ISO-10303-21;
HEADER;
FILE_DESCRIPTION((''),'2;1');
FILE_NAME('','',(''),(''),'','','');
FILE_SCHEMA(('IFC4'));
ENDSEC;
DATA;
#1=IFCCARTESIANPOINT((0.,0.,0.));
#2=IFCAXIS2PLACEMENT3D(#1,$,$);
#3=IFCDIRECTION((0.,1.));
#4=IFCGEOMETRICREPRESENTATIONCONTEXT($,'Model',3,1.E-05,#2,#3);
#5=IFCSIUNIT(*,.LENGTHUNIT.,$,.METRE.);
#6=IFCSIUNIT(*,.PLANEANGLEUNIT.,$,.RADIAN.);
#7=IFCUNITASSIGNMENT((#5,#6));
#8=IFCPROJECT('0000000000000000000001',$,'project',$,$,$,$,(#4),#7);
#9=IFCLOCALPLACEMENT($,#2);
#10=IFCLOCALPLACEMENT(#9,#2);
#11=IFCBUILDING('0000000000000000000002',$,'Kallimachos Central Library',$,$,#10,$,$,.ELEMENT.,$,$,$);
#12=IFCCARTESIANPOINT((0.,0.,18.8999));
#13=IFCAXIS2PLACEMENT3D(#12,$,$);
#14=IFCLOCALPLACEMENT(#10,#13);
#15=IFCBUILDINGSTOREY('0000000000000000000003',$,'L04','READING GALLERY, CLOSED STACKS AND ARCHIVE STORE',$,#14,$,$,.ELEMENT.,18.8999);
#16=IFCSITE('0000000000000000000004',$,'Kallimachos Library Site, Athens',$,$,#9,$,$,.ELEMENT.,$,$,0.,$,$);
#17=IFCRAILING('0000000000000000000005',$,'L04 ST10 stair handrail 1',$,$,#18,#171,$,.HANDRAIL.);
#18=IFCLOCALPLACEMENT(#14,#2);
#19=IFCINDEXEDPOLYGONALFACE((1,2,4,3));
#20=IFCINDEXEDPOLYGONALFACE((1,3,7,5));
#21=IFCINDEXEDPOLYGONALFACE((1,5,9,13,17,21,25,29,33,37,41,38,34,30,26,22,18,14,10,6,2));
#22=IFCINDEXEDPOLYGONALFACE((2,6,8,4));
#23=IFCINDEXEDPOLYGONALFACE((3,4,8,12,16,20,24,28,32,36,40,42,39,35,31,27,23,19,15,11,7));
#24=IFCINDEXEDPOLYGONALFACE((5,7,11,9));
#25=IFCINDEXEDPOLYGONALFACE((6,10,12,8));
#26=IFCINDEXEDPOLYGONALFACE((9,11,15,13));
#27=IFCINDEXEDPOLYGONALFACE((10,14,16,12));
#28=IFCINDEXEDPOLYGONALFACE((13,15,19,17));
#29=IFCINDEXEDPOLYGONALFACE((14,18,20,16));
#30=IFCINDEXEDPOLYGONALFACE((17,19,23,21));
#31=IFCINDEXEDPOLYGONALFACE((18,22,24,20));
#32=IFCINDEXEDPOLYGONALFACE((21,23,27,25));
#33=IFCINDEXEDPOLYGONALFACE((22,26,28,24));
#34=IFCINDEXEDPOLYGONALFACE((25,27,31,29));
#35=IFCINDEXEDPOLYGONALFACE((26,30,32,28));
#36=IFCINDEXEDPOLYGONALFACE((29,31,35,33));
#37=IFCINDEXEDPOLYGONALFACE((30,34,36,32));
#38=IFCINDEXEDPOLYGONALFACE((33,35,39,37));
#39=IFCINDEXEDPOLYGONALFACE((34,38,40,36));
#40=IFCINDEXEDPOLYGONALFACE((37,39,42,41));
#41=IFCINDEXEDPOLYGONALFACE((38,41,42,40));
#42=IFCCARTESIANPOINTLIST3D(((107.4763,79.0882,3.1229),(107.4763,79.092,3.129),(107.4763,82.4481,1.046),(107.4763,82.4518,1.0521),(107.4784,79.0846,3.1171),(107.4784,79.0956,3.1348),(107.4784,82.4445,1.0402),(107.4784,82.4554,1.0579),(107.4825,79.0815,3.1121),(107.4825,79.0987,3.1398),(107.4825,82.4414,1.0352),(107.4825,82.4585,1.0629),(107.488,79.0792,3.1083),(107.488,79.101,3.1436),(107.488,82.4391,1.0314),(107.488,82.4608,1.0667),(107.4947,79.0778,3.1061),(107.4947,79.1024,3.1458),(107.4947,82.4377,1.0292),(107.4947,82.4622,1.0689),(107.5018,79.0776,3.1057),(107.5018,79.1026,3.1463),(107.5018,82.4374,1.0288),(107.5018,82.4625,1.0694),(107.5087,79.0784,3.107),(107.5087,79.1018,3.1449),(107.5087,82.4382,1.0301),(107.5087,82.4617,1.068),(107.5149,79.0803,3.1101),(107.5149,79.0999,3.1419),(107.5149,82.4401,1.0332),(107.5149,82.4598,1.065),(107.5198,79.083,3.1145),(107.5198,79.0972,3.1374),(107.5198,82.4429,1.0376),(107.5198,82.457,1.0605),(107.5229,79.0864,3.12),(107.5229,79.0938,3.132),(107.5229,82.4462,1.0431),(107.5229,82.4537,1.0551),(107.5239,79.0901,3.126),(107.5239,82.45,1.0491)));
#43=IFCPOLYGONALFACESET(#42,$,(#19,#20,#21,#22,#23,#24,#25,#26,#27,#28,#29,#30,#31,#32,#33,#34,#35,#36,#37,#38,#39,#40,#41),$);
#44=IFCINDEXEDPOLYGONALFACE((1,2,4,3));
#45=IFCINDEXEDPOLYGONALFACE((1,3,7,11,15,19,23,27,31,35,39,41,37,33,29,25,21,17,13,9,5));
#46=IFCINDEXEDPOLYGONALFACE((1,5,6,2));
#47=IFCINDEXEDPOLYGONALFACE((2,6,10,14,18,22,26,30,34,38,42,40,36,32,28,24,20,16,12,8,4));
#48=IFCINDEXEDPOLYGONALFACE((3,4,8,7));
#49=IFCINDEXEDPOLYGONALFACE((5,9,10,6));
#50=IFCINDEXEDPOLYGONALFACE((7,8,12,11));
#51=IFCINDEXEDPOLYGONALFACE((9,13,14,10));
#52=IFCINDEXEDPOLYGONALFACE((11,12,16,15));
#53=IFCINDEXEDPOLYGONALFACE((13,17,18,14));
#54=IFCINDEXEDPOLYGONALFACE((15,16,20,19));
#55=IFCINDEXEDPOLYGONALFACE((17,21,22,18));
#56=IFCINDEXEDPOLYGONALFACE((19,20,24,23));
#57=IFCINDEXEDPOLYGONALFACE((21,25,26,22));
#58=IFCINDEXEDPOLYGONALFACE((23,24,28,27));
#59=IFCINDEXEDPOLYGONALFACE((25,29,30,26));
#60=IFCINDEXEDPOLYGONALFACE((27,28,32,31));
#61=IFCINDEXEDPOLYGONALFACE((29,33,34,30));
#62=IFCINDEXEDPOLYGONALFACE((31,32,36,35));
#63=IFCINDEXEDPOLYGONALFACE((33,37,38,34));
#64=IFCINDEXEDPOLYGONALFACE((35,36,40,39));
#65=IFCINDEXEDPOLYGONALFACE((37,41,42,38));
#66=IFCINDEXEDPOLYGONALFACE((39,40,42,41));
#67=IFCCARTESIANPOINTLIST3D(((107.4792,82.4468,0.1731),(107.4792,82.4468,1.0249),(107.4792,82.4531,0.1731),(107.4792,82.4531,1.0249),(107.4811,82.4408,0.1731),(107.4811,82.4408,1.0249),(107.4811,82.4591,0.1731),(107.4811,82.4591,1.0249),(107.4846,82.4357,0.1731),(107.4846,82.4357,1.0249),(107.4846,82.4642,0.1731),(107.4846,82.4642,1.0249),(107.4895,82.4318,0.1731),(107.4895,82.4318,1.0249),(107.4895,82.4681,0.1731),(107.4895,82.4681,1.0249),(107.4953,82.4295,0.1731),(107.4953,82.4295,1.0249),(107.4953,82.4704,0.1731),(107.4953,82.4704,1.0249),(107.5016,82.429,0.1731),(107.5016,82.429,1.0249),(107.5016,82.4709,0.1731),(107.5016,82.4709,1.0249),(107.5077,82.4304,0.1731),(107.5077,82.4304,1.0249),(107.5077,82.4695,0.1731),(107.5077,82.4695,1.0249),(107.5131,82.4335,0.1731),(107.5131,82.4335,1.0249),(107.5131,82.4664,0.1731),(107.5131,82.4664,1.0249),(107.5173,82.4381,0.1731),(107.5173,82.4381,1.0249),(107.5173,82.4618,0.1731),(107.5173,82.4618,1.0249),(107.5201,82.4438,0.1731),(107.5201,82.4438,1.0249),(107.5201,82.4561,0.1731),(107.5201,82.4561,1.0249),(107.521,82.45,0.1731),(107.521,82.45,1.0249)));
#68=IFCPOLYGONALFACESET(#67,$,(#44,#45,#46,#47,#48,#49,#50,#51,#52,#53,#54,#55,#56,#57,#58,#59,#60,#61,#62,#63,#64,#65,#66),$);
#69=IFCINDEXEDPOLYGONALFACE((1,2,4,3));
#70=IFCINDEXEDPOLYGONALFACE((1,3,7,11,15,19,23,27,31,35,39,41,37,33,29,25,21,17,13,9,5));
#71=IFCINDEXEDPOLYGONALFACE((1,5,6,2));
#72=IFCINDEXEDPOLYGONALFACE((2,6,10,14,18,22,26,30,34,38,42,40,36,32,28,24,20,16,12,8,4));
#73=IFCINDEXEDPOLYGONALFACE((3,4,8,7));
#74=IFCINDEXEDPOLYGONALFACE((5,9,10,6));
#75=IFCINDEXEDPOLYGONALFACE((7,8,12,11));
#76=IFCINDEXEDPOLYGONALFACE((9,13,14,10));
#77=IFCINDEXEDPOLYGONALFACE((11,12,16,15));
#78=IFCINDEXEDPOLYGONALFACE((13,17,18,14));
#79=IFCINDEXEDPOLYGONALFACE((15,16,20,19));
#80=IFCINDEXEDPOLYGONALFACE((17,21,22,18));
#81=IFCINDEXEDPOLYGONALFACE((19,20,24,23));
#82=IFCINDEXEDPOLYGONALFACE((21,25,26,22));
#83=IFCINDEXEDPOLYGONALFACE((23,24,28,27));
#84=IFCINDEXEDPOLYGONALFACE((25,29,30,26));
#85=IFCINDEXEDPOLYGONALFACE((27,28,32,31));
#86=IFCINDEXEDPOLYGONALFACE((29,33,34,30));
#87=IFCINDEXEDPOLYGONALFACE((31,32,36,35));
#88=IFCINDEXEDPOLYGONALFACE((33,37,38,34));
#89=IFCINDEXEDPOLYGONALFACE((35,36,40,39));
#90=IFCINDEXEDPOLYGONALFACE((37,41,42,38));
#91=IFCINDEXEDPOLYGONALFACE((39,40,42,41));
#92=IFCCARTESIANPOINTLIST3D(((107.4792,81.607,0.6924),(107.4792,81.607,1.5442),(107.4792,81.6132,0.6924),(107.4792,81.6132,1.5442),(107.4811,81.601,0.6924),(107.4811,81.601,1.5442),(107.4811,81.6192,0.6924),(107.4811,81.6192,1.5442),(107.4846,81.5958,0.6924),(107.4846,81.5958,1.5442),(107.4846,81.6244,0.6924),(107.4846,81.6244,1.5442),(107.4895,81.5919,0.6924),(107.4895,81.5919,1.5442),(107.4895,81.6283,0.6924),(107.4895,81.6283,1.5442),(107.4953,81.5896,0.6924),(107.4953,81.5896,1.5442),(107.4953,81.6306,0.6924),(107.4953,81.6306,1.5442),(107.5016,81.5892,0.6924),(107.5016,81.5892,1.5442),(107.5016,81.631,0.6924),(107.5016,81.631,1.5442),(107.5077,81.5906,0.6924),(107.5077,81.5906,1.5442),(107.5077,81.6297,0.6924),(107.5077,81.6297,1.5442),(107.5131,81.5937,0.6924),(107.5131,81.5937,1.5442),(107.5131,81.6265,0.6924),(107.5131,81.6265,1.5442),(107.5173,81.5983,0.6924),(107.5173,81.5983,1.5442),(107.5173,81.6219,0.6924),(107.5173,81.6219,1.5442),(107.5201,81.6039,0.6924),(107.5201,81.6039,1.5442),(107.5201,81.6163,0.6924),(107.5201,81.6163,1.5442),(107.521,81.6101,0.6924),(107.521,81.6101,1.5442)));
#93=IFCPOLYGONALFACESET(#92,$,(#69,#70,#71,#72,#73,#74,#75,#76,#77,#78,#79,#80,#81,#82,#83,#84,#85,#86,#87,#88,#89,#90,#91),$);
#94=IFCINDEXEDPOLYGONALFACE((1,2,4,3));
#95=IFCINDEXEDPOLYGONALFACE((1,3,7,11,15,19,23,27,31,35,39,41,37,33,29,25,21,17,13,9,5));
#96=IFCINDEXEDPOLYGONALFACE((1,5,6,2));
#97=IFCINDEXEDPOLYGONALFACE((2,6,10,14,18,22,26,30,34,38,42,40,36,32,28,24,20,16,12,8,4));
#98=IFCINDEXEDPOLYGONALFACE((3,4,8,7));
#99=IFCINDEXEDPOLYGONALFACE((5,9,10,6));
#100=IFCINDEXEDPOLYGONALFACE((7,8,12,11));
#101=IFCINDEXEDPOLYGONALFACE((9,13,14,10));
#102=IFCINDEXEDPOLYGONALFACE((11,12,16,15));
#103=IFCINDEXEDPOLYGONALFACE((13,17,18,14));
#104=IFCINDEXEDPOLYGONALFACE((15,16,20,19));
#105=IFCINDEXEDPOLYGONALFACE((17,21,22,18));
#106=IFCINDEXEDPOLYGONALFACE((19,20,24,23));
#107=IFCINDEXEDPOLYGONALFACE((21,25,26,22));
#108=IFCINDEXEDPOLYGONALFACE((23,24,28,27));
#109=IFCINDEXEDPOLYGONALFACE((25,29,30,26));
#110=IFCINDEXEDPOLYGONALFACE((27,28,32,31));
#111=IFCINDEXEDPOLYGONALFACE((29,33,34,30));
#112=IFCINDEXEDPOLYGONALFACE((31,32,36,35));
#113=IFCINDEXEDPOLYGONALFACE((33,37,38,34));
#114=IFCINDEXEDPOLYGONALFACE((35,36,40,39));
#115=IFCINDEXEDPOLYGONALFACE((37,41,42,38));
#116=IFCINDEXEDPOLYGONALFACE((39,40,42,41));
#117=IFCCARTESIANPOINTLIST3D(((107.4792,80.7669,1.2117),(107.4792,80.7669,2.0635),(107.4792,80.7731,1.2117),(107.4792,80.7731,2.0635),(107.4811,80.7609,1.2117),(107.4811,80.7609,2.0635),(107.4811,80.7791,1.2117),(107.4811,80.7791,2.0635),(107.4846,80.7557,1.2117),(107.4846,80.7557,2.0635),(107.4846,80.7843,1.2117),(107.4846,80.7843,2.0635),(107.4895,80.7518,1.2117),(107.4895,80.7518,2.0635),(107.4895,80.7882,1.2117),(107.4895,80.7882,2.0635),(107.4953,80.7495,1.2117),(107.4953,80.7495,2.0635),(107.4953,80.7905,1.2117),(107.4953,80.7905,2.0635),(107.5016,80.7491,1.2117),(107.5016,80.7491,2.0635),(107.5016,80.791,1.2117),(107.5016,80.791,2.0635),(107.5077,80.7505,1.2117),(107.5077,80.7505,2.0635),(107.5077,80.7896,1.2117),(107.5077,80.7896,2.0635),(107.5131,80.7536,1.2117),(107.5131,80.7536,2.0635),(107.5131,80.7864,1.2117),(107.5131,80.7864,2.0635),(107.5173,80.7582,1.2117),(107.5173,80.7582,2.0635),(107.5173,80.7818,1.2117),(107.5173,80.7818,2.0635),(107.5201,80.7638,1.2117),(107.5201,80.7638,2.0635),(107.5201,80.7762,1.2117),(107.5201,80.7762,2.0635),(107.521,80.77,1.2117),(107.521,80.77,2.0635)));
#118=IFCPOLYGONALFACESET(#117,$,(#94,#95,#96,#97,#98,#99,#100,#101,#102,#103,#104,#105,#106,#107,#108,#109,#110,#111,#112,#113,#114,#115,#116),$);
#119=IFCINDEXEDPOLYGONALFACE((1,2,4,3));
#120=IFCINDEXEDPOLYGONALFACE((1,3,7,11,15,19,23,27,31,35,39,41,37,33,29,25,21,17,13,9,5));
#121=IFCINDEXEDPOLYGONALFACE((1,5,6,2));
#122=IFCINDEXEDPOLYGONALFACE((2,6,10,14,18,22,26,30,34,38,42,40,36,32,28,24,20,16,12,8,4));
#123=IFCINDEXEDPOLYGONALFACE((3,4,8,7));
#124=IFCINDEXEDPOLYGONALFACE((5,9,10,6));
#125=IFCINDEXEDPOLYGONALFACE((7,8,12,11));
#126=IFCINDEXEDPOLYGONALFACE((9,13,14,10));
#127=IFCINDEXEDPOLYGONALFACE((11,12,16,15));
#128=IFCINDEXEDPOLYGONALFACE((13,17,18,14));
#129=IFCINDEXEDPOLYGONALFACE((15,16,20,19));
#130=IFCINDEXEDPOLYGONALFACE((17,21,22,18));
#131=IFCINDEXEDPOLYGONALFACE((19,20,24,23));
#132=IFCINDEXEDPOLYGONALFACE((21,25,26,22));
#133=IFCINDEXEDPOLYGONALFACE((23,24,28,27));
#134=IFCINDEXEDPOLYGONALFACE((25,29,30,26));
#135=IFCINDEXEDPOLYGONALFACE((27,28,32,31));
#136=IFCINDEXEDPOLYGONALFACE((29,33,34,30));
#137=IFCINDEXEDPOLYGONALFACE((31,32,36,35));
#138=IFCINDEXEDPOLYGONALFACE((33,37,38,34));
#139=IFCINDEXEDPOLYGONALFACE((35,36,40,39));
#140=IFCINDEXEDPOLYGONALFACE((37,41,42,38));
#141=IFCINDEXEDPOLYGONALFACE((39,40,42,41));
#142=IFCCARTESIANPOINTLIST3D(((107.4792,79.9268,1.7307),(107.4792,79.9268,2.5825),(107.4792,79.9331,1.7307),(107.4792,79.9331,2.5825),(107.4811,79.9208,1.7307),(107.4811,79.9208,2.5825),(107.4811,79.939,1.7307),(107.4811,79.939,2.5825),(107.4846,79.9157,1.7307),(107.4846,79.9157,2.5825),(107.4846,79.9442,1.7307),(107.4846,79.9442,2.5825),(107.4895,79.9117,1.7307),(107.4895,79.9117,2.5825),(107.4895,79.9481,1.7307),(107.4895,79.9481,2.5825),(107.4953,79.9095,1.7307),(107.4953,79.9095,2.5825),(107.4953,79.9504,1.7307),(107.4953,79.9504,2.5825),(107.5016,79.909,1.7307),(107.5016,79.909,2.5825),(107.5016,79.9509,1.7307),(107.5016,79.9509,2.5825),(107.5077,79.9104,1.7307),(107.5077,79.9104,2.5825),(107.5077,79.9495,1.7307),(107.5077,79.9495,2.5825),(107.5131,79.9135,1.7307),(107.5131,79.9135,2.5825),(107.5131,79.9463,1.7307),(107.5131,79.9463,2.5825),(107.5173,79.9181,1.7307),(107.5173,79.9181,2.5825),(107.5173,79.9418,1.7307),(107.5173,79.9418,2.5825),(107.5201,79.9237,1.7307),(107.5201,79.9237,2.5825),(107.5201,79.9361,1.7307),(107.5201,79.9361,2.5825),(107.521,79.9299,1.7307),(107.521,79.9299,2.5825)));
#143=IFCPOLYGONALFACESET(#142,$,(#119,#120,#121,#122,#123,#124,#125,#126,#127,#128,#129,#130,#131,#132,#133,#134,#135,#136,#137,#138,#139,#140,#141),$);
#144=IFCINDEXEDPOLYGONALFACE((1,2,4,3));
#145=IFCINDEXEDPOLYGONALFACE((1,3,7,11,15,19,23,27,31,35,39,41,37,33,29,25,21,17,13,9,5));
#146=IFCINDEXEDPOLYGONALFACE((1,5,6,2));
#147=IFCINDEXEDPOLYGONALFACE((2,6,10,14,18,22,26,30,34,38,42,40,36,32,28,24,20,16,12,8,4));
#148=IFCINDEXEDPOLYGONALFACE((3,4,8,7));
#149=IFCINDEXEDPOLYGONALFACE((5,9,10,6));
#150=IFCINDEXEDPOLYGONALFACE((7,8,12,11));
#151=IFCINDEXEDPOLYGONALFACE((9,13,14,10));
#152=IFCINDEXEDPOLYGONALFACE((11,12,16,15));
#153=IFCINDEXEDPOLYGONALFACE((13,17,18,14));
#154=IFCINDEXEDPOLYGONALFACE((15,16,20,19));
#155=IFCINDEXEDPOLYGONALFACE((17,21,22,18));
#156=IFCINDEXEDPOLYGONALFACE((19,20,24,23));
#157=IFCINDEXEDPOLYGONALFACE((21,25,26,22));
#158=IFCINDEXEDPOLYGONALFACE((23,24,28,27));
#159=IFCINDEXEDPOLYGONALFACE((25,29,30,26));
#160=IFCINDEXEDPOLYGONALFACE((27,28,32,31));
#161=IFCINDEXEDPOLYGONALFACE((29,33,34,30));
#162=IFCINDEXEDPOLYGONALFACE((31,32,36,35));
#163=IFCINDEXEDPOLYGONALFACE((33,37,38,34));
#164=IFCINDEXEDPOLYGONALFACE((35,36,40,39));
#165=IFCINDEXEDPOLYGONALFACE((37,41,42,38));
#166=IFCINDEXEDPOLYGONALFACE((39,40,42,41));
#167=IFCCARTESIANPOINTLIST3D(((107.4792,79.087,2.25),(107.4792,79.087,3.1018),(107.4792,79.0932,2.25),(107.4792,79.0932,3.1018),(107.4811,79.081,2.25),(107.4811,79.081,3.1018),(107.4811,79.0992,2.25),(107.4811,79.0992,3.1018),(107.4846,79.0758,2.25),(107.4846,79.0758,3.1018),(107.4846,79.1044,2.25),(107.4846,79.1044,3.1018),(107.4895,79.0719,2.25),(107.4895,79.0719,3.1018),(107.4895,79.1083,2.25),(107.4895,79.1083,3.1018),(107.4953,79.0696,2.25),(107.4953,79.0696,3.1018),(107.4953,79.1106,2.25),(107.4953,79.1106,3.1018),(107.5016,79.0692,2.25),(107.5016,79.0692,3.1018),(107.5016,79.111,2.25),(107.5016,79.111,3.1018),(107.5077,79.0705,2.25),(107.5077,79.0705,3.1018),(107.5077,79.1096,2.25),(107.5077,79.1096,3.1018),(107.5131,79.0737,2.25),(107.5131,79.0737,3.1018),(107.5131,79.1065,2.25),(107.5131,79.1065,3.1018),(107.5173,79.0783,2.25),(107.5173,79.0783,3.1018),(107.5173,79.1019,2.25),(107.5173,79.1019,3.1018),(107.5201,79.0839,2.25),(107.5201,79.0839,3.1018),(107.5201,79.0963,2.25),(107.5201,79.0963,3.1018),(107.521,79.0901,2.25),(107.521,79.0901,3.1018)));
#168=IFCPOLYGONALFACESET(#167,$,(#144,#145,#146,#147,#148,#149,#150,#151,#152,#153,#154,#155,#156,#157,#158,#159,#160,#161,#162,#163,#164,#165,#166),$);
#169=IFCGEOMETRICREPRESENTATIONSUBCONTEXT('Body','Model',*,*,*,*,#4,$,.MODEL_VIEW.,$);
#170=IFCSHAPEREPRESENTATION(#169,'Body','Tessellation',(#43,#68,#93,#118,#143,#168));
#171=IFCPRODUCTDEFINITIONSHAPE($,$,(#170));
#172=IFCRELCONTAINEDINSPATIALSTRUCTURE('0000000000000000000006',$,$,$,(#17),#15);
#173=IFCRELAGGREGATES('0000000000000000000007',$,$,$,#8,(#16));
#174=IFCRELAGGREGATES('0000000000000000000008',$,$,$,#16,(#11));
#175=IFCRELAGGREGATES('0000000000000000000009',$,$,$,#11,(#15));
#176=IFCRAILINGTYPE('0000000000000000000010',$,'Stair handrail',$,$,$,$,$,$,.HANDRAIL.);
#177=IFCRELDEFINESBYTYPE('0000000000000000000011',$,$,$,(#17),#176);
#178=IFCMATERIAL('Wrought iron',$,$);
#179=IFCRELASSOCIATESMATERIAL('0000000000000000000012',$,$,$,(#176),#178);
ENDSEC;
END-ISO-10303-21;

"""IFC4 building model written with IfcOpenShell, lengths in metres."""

from ifc_helpers import new_model, si_unit, direction, frame, origin, origin_2d, place, context, subcontext, project, spatial, circle, extrude, material, type_object, element, save


model = new_model("IFC4")

# Units and contexts
model_context = context("Model", 3, precision=1e-05, world=origin(), true_north=direction((0.0, 1.0)))
body_context = subcontext(model_context, "Body", "Model", "MODEL_VIEW")
ifc_project = project(units=[si_unit("LENGTHUNIT", "METRE"), si_unit("PLANEANGLEUNIT", "RADIAN")], contexts=[model_context])

# Site, building, storey
site_placement = place(None, origin())
site = spatial("IfcSite", under=ifc_project, at=site_placement, Name="Kallimachos Library Site, Athens", CompositionType="ELEMENT", RefElevation=0.0)
building_placement = place(site_placement, origin())
building = spatial("IfcBuilding", under=site, at=building_placement, Name="Kallimachos Central Library", CompositionType="ELEMENT")
storey_placement = place(building_placement, frame((0.0, 0.0, 18.8999)))
storey = spatial("IfcBuildingStorey", under=building, at=storey_placement, Name="L04", Description="READING GALLERY, CLOSED STACKS AND ARCHIVE STORE", CompositionType="ELEMENT", Elevation=18.8999)

# Railing
ifc_material_1 = material(Name="Wrought iron")
railing_type_1 = type_object("IfcRailingType", Name="Stair handrail", PredefinedType="HANDRAIL", material=ifc_material_1)
railing_1_placement = place(storey_placement, frame((107.5, 82.45, 0.1731)))
element("IfcRailing", 1, at=railing_1_placement, inside=storey, type_object=railing_type_1, Name="L04 ST10 stair handrail 1", PredefinedType="HANDRAIL", context=body_context, shape_type="SweptSolid", body=[
    extrude(circle(Radius=0.0239, at=origin_2d()), frame((0.0, 0.0, 0.876), z_axis=(0.0, -0.850606, 0.525803), x_axis=(1.0, 0.0, 0.0)), (0.0, 0.0, 1.0), 3.95),
    extrude(circle(Radius=0.021, at=origin_2d()), origin(), (0.0, 0.0, 1.0), 0.8518),
    extrude(circle(Radius=0.021, at=origin_2d()), frame((0.0, -0.8398, 0.5193)), (0.0, 0.0, 1.0), 0.8518),
    extrude(circle(Radius=0.021, at=origin_2d()), frame((0.0, -1.6799, 1.0386)), (0.0, 0.0, 1.0), 0.8518),
    extrude(circle(Radius=0.021, at=origin_2d()), frame((0.0, -2.52, 1.5576)), (0.0, 0.0, 1.0), 0.8518),
    extrude(circle(Radius=0.021, at=origin_2d()), frame((0.0, -3.3599, 2.0769)), (0.0, 0.0, 1.0), 0.8518),
])

save(model, "model.ifc")
